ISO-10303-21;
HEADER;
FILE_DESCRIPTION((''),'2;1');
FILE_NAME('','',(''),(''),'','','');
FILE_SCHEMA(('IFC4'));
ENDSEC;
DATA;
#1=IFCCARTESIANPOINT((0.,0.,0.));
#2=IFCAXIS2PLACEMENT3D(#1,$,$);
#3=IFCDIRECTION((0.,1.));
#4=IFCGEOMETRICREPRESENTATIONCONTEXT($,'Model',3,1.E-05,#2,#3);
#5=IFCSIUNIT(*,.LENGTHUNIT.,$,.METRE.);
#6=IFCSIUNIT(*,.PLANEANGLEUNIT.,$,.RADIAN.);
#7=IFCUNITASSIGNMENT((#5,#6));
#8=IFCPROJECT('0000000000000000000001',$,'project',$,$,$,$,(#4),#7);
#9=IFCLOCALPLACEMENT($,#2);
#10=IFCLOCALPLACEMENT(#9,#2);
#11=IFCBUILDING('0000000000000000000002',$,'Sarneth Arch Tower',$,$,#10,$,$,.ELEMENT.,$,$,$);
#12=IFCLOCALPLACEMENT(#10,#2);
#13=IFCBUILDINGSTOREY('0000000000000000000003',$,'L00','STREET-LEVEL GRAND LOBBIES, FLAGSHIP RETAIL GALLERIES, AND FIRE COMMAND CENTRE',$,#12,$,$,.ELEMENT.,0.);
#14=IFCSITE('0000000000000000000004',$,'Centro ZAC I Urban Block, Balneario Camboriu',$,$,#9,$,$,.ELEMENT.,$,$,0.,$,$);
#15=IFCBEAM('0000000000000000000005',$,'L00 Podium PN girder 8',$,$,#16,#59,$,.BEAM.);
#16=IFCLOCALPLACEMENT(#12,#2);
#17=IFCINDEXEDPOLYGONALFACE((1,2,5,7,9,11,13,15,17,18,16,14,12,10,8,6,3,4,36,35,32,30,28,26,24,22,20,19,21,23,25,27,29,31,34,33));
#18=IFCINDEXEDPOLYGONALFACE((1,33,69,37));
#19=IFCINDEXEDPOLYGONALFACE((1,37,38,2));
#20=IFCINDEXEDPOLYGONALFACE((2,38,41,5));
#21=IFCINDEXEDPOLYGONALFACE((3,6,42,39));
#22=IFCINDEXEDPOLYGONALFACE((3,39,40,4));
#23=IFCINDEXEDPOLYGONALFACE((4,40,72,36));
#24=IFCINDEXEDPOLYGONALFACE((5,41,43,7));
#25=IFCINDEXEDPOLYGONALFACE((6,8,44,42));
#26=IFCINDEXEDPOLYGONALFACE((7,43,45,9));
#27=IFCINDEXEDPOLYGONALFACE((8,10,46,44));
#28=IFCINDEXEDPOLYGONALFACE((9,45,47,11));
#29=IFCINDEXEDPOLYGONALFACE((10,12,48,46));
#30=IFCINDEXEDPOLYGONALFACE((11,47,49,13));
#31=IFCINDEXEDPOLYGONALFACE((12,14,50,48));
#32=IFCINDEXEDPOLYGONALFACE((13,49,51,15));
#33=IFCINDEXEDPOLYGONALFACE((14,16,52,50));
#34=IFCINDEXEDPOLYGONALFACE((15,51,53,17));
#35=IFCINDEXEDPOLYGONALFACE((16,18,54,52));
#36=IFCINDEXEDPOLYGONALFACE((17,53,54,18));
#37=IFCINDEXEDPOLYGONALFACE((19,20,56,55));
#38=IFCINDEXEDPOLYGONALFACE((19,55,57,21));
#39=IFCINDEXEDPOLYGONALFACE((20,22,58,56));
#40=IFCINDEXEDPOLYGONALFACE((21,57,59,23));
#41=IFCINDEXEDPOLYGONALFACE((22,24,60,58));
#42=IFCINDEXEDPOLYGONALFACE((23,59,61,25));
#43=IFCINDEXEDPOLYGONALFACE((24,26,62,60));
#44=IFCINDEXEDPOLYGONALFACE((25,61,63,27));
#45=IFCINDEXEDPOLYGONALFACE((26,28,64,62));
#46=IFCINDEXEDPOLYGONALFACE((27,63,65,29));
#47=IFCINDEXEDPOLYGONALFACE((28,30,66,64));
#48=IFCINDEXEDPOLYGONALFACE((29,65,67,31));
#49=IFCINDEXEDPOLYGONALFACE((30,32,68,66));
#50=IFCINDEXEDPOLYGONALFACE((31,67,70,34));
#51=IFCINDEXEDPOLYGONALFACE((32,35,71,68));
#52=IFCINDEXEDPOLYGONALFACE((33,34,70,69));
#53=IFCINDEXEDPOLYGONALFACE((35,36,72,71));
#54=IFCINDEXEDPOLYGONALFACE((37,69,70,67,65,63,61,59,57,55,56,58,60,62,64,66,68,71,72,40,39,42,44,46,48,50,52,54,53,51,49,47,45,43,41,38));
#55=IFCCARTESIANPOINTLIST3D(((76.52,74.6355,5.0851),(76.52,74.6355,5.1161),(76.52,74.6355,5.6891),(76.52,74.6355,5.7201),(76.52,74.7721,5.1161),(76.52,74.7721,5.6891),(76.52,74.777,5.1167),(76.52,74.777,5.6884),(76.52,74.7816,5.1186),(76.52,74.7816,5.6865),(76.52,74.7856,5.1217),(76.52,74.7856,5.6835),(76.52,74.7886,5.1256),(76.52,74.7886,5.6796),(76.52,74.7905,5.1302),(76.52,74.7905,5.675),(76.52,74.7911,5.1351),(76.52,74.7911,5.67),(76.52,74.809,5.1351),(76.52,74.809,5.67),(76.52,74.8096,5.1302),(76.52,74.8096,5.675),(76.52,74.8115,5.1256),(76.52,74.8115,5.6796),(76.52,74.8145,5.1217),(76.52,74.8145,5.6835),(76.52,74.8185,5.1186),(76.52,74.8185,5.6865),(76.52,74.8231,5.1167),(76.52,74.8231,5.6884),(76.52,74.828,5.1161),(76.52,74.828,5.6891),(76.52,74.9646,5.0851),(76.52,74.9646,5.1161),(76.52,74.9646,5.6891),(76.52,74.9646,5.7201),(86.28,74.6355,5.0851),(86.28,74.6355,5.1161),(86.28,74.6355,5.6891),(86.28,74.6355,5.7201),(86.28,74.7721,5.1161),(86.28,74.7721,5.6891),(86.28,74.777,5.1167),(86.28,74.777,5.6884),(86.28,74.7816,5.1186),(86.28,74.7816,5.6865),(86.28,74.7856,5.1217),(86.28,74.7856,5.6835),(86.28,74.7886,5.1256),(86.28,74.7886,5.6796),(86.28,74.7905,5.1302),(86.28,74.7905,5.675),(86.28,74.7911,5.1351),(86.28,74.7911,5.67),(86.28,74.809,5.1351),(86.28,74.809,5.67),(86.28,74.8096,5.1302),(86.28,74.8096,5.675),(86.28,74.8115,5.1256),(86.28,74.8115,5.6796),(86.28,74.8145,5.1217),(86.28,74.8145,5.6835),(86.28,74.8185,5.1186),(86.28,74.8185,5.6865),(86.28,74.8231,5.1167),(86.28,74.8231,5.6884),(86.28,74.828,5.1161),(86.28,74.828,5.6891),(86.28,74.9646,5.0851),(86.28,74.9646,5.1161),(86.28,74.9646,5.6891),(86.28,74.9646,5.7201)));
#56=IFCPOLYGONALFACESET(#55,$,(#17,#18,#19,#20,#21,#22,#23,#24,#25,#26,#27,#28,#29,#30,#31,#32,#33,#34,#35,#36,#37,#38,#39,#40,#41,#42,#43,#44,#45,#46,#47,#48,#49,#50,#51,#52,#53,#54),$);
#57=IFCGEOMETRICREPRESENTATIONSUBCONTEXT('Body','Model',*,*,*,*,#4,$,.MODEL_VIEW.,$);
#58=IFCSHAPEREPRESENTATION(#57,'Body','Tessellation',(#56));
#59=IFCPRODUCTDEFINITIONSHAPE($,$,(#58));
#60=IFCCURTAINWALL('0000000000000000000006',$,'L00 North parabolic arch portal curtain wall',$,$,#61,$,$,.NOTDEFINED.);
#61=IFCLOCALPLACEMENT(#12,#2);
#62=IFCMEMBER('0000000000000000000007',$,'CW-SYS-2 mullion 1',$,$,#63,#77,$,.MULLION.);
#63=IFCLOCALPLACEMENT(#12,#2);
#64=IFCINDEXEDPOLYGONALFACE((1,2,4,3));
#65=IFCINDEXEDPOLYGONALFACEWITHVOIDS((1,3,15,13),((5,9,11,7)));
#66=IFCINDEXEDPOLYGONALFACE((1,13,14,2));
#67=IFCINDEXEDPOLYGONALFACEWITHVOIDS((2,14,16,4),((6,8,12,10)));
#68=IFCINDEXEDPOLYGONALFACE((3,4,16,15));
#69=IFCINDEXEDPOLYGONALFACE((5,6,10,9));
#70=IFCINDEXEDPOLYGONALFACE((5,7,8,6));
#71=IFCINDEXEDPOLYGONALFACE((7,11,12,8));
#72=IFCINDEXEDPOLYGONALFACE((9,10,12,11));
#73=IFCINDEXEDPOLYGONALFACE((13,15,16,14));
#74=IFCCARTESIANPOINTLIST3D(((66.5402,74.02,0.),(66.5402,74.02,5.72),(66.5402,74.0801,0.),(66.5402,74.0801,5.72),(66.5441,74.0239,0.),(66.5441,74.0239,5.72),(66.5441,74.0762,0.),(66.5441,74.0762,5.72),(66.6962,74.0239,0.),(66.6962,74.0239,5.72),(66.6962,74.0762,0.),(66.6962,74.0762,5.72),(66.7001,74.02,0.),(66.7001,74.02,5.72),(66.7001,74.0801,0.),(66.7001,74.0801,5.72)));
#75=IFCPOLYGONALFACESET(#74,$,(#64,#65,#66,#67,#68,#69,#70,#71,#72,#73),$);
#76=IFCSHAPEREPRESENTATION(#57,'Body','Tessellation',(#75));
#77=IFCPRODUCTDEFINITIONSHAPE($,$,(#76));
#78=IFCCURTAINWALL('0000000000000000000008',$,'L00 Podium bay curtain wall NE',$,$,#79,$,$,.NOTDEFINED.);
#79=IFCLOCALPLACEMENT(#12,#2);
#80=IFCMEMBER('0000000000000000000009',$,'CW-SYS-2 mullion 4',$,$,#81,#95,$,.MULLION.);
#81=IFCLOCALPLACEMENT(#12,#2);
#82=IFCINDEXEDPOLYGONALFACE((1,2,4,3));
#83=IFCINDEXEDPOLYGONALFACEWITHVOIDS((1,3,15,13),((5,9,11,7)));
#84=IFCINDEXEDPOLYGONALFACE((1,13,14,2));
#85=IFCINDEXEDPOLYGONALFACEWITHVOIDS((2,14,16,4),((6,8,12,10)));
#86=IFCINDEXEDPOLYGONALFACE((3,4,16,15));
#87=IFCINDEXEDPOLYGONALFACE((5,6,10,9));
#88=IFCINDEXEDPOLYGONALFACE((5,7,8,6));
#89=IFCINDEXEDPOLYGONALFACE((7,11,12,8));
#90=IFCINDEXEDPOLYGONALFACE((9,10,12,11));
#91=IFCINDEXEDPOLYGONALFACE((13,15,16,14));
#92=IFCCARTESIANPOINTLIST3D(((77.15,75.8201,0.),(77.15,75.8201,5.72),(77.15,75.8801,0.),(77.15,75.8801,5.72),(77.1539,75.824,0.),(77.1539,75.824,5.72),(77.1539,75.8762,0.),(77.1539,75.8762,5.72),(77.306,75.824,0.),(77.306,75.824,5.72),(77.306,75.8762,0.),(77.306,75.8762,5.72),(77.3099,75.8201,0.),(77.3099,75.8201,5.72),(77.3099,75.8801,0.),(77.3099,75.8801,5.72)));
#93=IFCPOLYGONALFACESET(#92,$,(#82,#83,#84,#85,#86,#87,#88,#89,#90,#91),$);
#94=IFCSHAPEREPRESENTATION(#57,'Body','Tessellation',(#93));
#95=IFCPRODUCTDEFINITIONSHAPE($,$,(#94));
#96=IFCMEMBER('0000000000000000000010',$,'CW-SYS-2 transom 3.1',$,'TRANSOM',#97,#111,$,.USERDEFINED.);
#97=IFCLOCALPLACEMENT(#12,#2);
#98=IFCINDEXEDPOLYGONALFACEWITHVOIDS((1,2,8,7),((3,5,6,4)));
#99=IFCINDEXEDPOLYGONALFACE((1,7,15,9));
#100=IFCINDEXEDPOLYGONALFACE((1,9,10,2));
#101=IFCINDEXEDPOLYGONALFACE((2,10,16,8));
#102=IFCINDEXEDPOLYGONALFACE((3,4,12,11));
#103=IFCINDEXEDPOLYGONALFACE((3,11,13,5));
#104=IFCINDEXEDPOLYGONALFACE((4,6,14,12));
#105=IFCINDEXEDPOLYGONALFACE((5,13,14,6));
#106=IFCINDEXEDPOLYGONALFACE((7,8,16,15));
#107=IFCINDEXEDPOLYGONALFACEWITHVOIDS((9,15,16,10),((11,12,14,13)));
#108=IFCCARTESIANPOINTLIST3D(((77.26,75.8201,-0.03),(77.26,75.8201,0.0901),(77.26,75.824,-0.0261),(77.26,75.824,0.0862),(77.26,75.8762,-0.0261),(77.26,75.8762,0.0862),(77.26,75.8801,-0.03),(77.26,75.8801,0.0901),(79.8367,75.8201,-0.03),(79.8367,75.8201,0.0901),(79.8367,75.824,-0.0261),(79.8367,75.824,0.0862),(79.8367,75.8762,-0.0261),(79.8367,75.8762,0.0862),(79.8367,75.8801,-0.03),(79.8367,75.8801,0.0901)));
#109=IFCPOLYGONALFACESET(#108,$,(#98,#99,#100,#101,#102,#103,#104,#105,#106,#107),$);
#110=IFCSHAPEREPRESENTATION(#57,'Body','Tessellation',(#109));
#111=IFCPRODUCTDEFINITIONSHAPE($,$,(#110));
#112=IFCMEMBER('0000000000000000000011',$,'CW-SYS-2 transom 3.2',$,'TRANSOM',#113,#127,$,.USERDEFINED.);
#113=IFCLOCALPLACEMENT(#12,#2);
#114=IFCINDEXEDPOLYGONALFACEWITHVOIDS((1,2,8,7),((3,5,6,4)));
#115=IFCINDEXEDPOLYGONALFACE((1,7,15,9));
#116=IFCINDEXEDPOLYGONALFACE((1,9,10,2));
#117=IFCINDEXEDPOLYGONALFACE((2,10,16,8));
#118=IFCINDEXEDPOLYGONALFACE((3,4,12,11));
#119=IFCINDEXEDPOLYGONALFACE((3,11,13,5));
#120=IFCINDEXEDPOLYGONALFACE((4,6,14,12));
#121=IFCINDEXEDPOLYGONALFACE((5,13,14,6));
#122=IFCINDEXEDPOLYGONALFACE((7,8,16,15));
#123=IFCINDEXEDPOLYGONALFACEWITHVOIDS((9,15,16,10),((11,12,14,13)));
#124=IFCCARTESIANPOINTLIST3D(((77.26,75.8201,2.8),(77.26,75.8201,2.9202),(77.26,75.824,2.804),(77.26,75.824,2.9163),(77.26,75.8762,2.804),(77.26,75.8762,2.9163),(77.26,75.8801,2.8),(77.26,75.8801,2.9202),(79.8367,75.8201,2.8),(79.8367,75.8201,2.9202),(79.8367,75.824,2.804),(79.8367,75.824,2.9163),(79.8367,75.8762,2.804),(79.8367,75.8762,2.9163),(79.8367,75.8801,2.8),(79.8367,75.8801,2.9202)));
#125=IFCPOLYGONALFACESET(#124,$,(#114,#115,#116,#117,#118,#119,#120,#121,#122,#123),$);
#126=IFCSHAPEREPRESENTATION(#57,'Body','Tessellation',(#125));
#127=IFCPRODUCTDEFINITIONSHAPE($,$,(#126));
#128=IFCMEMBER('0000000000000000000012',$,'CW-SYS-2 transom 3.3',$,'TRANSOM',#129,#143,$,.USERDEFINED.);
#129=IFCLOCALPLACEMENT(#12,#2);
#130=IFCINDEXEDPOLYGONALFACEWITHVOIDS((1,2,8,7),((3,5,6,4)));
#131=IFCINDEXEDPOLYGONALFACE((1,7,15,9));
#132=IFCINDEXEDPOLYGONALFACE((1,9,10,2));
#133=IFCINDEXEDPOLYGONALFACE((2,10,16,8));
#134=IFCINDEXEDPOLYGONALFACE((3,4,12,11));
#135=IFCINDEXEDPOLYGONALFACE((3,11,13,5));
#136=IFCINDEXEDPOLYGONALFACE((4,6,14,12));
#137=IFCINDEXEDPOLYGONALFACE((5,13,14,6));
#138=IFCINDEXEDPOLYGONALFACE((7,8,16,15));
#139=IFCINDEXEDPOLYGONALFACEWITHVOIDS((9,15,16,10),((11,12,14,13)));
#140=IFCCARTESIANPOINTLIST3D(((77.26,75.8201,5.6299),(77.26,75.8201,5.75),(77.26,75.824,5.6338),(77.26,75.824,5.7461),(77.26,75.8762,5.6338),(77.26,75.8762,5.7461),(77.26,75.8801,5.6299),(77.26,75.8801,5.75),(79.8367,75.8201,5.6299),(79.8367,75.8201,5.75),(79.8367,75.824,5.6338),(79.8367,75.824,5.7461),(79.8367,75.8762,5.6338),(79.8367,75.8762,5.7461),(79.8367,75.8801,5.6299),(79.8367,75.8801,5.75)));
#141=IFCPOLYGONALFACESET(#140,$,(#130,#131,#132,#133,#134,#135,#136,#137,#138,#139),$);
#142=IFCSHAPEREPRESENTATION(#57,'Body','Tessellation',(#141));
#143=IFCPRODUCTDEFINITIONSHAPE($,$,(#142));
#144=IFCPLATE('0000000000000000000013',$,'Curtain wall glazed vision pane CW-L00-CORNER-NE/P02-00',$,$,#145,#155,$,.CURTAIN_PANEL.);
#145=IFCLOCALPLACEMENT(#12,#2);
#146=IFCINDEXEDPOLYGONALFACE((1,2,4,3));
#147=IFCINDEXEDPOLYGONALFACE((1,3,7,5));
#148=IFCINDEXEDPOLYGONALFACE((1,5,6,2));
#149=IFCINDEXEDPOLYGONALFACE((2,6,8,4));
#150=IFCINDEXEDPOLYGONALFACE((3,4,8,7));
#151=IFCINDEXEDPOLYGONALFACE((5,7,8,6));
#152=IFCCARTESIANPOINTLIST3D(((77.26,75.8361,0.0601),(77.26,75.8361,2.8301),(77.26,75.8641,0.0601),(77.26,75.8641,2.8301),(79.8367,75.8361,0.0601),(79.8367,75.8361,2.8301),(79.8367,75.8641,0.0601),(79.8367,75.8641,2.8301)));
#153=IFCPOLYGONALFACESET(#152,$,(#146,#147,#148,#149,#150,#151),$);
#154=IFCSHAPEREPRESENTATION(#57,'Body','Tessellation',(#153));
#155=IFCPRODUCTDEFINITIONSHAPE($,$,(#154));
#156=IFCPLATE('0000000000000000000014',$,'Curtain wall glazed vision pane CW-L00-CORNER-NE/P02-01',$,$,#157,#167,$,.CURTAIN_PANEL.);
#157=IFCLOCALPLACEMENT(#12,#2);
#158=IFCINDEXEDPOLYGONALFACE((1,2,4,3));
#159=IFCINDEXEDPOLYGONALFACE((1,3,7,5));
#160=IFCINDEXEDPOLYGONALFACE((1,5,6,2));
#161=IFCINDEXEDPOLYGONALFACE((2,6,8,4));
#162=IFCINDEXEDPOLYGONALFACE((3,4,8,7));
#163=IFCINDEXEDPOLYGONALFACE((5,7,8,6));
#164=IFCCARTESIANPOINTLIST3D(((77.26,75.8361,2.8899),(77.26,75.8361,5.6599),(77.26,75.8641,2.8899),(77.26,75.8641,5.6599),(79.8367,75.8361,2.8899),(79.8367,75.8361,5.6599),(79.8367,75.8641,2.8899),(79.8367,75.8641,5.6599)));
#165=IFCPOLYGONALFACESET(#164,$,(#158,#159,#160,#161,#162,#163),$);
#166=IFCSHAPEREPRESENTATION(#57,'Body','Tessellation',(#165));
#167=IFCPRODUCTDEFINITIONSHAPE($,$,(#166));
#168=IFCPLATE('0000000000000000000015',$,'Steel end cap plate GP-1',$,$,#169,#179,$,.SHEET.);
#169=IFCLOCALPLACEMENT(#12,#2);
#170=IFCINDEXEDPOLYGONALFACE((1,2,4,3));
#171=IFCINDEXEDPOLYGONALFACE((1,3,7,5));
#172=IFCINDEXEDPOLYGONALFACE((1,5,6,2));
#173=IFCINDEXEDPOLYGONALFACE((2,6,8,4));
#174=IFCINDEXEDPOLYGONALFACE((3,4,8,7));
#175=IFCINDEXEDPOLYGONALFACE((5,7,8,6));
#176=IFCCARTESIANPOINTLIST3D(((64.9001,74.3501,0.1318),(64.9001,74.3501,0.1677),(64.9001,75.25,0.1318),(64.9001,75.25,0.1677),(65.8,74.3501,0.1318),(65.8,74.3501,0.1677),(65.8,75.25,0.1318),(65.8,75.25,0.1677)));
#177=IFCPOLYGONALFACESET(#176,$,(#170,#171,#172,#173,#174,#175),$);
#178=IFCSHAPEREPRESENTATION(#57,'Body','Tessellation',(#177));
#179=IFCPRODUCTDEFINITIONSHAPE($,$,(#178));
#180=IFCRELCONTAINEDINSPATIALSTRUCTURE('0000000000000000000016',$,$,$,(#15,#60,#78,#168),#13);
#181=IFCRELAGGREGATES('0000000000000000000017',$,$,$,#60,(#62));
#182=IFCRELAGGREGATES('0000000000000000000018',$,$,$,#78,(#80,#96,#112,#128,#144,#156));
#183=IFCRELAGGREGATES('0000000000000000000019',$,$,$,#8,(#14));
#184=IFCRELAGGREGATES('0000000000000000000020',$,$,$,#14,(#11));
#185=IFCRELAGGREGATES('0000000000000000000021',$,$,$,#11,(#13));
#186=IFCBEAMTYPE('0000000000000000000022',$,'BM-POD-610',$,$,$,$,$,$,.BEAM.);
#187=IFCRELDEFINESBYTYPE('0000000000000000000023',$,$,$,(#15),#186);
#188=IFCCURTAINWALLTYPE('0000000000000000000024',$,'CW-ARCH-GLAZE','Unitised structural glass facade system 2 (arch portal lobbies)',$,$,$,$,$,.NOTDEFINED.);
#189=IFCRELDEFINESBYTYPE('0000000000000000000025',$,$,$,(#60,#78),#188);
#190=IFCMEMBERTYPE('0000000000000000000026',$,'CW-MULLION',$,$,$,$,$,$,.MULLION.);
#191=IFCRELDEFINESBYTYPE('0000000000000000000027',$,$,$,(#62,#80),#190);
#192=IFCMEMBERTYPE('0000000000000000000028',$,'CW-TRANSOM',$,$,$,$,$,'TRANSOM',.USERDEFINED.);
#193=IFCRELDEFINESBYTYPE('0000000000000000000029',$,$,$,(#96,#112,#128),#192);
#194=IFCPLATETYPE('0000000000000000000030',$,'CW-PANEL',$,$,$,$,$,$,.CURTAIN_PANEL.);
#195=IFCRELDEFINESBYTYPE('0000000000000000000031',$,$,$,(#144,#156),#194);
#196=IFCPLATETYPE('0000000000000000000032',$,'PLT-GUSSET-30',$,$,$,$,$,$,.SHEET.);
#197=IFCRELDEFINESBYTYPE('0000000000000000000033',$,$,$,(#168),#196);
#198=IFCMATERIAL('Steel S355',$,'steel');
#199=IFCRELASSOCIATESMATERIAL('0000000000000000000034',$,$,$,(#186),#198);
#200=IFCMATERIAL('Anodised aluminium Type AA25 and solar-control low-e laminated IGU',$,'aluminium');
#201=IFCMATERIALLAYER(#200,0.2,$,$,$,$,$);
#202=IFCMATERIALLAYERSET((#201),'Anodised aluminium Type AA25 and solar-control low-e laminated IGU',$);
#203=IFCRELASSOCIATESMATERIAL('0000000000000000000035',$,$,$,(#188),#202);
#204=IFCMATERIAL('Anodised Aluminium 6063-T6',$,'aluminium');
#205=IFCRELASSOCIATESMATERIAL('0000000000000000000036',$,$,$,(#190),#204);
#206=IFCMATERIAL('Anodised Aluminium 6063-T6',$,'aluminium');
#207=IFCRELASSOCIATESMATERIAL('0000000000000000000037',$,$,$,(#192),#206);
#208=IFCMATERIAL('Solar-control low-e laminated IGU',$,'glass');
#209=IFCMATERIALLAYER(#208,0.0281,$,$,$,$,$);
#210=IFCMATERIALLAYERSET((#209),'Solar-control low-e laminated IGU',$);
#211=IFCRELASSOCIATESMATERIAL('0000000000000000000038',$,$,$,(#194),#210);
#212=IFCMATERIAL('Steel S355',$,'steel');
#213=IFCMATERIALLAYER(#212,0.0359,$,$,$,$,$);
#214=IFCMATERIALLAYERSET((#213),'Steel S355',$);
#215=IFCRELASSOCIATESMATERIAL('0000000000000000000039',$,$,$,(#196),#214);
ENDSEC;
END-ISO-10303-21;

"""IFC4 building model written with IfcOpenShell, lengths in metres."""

from ifc_helpers import new_model, si_unit, direction, frame, origin, origin_2d, place, context, subcontext, project, spatial, rectangle, hollow_rectangle, i_section, extrude, material, layer, layer_set, material_profile, profile_set, type_object, element, aggregate, save


model = new_model("IFC4")

# Units and contexts
model_context = context("Model", 3, precision=1e-05, world=origin(), true_north=direction((0.0, 1.0)))
body_context = subcontext(model_context, "Body", "Model", "MODEL_VIEW")
ifc_project = project(units=[si_unit("LENGTHUNIT", "METRE"), si_unit("PLANEANGLEUNIT", "RADIAN")], contexts=[model_context])

# Site, building, storey
site_placement = place(None, origin())
site = spatial("IfcSite", under=ifc_project, at=site_placement, Name="Centro ZAC I Urban Block, Balneario Camboriu", CompositionType="ELEMENT", RefElevation=0.0)
building_placement = place(site_placement, origin())
building = spatial("IfcBuilding", under=site, at=building_placement, Name="Sarneth Arch Tower", CompositionType="ELEMENT")
storey_placement = place(building_placement, origin())
storey = spatial("IfcBuildingStorey", under=building, at=storey_placement, Name="L00", Description="STREET-LEVEL GRAND LOBBIES, FLAGSHIP RETAIL GALLERIES, AND FIRE COMMAND CENTRE", CompositionType="ELEMENT", Elevation=0.0)

# Beam
ifc_material_1 = material(Name="Steel S355", Category="steel")
ifc_material_profile_1 = material_profile(ifc_material_1, i_section(OverallWidth=0.3291, OverallDepth=0.635, WebThickness=0.0178, FlangeThickness=0.031, FilletRadius=0.019, at=origin_2d()), Name="W610x241")
ifc_profile_set_1 = profile_set([ifc_material_profile_1], Name="Steel S355")
beam_type_1 = type_object("IfcBeamType", Name="BM-POD-610", PredefinedType="BEAM", material=ifc_profile_set_1)
beam_1_placement = place(storey_placement, frame((76.52, 74.8, 5.4026), z_axis=(1.0, 0.0, 0.0), x_axis=(0.0, 1.0, 0.0)))
element("IfcBeam", 1, at=beam_1_placement, inside=storey, type_object=beam_type_1, Name="L00 Podium PN girder 8", PredefinedType="BEAM", context=body_context, shape_type="SweptSolid", body=[
    extrude(i_section(OverallWidth=0.3291, OverallDepth=0.635, WebThickness=0.0178, FlangeThickness=0.031, FilletRadius=0.019, at=origin_2d()), origin(), (0.0, 0.0, 1.0), 9.76),
])

# Curtain wall, member
ifc_material_2 = material(Name="Anodised aluminium Type AA25 and solar-control low-e laminated IGU", Category="aluminium")
ifc_layer_1 = layer(ifc_material_2, 0.2)
ifc_layer_set_1 = layer_set([ifc_layer_1], Name="Anodised aluminium Type AA25 and solar-control low-e laminated IGU")
curtain_wall_type = type_object("IfcCurtainWallType", Name="CW-ARCH-GLAZE", Description="Unitised structural glass facade system 2 (arch portal lobbies)", PredefinedType="NOTDEFINED", material=ifc_layer_set_1)
curtain_wall_1_placement = place(storey_placement, origin())
curtain_wall_1 = element("IfcCurtainWall", 2, at=curtain_wall_1_placement, inside=storey, type_object=curtain_wall_type, Name="L00 North parabolic arch portal curtain wall", PredefinedType="NOTDEFINED")
ifc_material_3 = material(Name="Anodised Aluminium 6063-T6", Category="aluminium")
ifc_material_profile_2 = material_profile(ifc_material_3, hollow_rectangle(XDim=0.0601, YDim=0.1599, WallThickness=0.0039, at=origin_2d()), Name="AL-MULL-160x60x4")
ifc_profile_set_2 = profile_set([ifc_material_profile_2], Name="Anodised Aluminium 6063-T6")
member_type_1 = type_object("IfcMemberType", Name="CW-MULLION", PredefinedType="MULLION", material=ifc_profile_set_2)
member_1_placement = place(storey_placement, frame((66.6201, 74.05, 0.0), z_axis=(0.0, 0.0, 1.0), x_axis=(0.0, -1.0, 0.0)))
member_1 = element("IfcMember", 3, at=member_1_placement, type_object=member_type_1, Name="CW-SYS-2 mullion 1", PredefinedType="MULLION", context=body_context, shape_type="SweptSolid", body=[
    extrude(hollow_rectangle(XDim=0.0601, YDim=0.1599, WallThickness=0.0039, at=origin_2d()), origin(), (0.0, 0.0, 1.0), 5.72),
])
aggregate(curtain_wall_1, [member_1])

# Curtain wall, members, plates
curtain_wall_2_placement = place(storey_placement, origin())
curtain_wall_2 = element("IfcCurtainWall", 4, at=curtain_wall_2_placement, inside=storey, type_object=curtain_wall_type, Name="L00 Podium bay curtain wall NE", PredefinedType="NOTDEFINED")
member_2_placement = place(storey_placement, frame((77.23, 75.8501, 0.0), z_axis=(0.0, 0.0, 1.0), x_axis=(0.0, -1.0, 0.0)))
member_2 = element("IfcMember", 5, at=member_2_placement, type_object=member_type_1, Name="CW-SYS-2 mullion 4", PredefinedType="MULLION", context=body_context, shape_type="SweptSolid", body=[
    extrude(hollow_rectangle(XDim=0.0601, YDim=0.1599, WallThickness=0.0039, at=origin_2d()), origin(), (0.0, 0.0, 1.0), 5.72),
])
ifc_material_4 = material(Name="Anodised Aluminium 6063-T6", Category="aluminium")
ifc_material_profile_3 = material_profile(ifc_material_4, hollow_rectangle(XDim=0.0601, YDim=0.1201, WallThickness=0.0039, at=origin_2d()), Name="AL-TRAN-120x60x4")
ifc_profile_set_3 = profile_set([ifc_material_profile_3], Name="Anodised Aluminium 6063-T6")
member_type_2 = type_object("IfcMemberType", Name="CW-TRANSOM", ElementType="TRANSOM", PredefinedType="USERDEFINED", material=ifc_profile_set_3)
member_3_placement = place(storey_placement, frame((79.8367, 75.8501, 0.03), z_axis=(-1.0, 0.0, 0.0), x_axis=(0.0, -1.0, 0.0)))
member_3 = element("IfcMember", 6, at=member_3_placement, type_object=member_type_2, Name="CW-SYS-2 transom 3.1", ObjectType="TRANSOM", PredefinedType="USERDEFINED", context=body_context, shape_type="SweptSolid", body=[
    extrude(hollow_rectangle(XDim=0.0601, YDim=0.1201, WallThickness=0.0039, at=origin_2d()), origin(), (0.0, 0.0, 1.0), 2.5767),
])
member_4_placement = place(storey_placement, frame((79.8367, 75.8501, 2.8601), z_axis=(-1.0, 0.0, 0.0), x_axis=(0.0, -1.0, 0.0)))
member_4 = element("IfcMember", 7, at=member_4_placement, type_object=member_type_2, Name="CW-SYS-2 transom 3.2", ObjectType="TRANSOM", PredefinedType="USERDEFINED", context=body_context, shape_type="SweptSolid", body=[
    extrude(hollow_rectangle(XDim=0.0601, YDim=0.1201, WallThickness=0.0039, at=origin_2d()), origin(), (0.0, 0.0, 1.0), 2.5767),
])
member_5_placement = place(storey_placement, frame((79.8367, 75.8501, 5.6899), z_axis=(-1.0, 0.0, 0.0), x_axis=(0.0, -1.0, 0.0)))
member_5 = element("IfcMember", 8, at=member_5_placement, type_object=member_type_2, Name="CW-SYS-2 transom 3.3", ObjectType="TRANSOM", PredefinedType="USERDEFINED", context=body_context, shape_type="SweptSolid", body=[
    extrude(hollow_rectangle(XDim=0.0601, YDim=0.1201, WallThickness=0.0039, at=origin_2d()), origin(), (0.0, 0.0, 1.0), 2.5767),
])
ifc_material_5 = material(Name="Solar-control low-e laminated IGU", Category="glass")
ifc_layer_2 = layer(ifc_material_5, 0.0281)
ifc_layer_set_2 = layer_set([ifc_layer_2], Name="Solar-control low-e laminated IGU")
plate_type_1 = type_object("IfcPlateType", Name="CW-PANEL", PredefinedType="CURTAIN_PANEL", material=ifc_layer_set_2)
plate_1_placement = place(storey_placement, frame((78.5483, 75.8501, 0.0601), z_axis=(0.0, 0.0, 1.0), x_axis=(-1.0, 0.0, 0.0)))
plate_1 = element("IfcPlate", 9, at=plate_1_placement, type_object=plate_type_1, Name="Curtain wall glazed vision pane CW-L00-CORNER-NE/P02-00", PredefinedType="CURTAIN_PANEL", context=body_context, shape_type="SweptSolid", body=[
    extrude(rectangle(XDim=2.5767, YDim=0.0281, at=origin_2d()), origin(), (0.0, 0.0, 1.0), 2.77),
])
plate_2_placement = place(storey_placement, frame((78.5483, 75.8501, 2.8899), z_axis=(0.0, 0.0, 1.0), x_axis=(-1.0, 0.0, 0.0)))
plate_2 = element("IfcPlate", 10, at=plate_2_placement, type_object=plate_type_1, Name="Curtain wall glazed vision pane CW-L00-CORNER-NE/P02-01", PredefinedType="CURTAIN_PANEL", context=body_context, shape_type="SweptSolid", body=[
    extrude(rectangle(XDim=2.5767, YDim=0.0281, at=origin_2d()), origin(), (0.0, 0.0, 1.0), 2.77),
])
aggregate(curtain_wall_2, [member_2, member_3, member_4, member_5, plate_1, plate_2])

# Plate
ifc_material_6 = material(Name="Steel S355", Category="steel")
ifc_layer_3 = layer(ifc_material_6, 0.0359)
ifc_layer_set_3 = layer_set([ifc_layer_3], Name="Steel S355")
plate_type_2 = type_object("IfcPlateType", Name="PLT-GUSSET-30", PredefinedType="SHEET", material=ifc_layer_set_3)
plate_3_placement = place(storey_placement, frame((65.3501, 74.8, 0.1318), z_axis=(0.0, 0.0, 1.0), x_axis=(-1.0, 0.0, 0.0)))
element("IfcPlate", 11, at=plate_3_placement, inside=storey, type_object=plate_type_2, Name="Steel end cap plate GP-1", PredefinedType="SHEET", context=body_context, shape_type="SweptSolid", body=[
    extrude(rectangle(XDim=0.8999, YDim=0.8999, at=origin_2d()), origin(), (0.0, 0.0, 1.0), 0.0359),
])

save(model, "model.ifc")
